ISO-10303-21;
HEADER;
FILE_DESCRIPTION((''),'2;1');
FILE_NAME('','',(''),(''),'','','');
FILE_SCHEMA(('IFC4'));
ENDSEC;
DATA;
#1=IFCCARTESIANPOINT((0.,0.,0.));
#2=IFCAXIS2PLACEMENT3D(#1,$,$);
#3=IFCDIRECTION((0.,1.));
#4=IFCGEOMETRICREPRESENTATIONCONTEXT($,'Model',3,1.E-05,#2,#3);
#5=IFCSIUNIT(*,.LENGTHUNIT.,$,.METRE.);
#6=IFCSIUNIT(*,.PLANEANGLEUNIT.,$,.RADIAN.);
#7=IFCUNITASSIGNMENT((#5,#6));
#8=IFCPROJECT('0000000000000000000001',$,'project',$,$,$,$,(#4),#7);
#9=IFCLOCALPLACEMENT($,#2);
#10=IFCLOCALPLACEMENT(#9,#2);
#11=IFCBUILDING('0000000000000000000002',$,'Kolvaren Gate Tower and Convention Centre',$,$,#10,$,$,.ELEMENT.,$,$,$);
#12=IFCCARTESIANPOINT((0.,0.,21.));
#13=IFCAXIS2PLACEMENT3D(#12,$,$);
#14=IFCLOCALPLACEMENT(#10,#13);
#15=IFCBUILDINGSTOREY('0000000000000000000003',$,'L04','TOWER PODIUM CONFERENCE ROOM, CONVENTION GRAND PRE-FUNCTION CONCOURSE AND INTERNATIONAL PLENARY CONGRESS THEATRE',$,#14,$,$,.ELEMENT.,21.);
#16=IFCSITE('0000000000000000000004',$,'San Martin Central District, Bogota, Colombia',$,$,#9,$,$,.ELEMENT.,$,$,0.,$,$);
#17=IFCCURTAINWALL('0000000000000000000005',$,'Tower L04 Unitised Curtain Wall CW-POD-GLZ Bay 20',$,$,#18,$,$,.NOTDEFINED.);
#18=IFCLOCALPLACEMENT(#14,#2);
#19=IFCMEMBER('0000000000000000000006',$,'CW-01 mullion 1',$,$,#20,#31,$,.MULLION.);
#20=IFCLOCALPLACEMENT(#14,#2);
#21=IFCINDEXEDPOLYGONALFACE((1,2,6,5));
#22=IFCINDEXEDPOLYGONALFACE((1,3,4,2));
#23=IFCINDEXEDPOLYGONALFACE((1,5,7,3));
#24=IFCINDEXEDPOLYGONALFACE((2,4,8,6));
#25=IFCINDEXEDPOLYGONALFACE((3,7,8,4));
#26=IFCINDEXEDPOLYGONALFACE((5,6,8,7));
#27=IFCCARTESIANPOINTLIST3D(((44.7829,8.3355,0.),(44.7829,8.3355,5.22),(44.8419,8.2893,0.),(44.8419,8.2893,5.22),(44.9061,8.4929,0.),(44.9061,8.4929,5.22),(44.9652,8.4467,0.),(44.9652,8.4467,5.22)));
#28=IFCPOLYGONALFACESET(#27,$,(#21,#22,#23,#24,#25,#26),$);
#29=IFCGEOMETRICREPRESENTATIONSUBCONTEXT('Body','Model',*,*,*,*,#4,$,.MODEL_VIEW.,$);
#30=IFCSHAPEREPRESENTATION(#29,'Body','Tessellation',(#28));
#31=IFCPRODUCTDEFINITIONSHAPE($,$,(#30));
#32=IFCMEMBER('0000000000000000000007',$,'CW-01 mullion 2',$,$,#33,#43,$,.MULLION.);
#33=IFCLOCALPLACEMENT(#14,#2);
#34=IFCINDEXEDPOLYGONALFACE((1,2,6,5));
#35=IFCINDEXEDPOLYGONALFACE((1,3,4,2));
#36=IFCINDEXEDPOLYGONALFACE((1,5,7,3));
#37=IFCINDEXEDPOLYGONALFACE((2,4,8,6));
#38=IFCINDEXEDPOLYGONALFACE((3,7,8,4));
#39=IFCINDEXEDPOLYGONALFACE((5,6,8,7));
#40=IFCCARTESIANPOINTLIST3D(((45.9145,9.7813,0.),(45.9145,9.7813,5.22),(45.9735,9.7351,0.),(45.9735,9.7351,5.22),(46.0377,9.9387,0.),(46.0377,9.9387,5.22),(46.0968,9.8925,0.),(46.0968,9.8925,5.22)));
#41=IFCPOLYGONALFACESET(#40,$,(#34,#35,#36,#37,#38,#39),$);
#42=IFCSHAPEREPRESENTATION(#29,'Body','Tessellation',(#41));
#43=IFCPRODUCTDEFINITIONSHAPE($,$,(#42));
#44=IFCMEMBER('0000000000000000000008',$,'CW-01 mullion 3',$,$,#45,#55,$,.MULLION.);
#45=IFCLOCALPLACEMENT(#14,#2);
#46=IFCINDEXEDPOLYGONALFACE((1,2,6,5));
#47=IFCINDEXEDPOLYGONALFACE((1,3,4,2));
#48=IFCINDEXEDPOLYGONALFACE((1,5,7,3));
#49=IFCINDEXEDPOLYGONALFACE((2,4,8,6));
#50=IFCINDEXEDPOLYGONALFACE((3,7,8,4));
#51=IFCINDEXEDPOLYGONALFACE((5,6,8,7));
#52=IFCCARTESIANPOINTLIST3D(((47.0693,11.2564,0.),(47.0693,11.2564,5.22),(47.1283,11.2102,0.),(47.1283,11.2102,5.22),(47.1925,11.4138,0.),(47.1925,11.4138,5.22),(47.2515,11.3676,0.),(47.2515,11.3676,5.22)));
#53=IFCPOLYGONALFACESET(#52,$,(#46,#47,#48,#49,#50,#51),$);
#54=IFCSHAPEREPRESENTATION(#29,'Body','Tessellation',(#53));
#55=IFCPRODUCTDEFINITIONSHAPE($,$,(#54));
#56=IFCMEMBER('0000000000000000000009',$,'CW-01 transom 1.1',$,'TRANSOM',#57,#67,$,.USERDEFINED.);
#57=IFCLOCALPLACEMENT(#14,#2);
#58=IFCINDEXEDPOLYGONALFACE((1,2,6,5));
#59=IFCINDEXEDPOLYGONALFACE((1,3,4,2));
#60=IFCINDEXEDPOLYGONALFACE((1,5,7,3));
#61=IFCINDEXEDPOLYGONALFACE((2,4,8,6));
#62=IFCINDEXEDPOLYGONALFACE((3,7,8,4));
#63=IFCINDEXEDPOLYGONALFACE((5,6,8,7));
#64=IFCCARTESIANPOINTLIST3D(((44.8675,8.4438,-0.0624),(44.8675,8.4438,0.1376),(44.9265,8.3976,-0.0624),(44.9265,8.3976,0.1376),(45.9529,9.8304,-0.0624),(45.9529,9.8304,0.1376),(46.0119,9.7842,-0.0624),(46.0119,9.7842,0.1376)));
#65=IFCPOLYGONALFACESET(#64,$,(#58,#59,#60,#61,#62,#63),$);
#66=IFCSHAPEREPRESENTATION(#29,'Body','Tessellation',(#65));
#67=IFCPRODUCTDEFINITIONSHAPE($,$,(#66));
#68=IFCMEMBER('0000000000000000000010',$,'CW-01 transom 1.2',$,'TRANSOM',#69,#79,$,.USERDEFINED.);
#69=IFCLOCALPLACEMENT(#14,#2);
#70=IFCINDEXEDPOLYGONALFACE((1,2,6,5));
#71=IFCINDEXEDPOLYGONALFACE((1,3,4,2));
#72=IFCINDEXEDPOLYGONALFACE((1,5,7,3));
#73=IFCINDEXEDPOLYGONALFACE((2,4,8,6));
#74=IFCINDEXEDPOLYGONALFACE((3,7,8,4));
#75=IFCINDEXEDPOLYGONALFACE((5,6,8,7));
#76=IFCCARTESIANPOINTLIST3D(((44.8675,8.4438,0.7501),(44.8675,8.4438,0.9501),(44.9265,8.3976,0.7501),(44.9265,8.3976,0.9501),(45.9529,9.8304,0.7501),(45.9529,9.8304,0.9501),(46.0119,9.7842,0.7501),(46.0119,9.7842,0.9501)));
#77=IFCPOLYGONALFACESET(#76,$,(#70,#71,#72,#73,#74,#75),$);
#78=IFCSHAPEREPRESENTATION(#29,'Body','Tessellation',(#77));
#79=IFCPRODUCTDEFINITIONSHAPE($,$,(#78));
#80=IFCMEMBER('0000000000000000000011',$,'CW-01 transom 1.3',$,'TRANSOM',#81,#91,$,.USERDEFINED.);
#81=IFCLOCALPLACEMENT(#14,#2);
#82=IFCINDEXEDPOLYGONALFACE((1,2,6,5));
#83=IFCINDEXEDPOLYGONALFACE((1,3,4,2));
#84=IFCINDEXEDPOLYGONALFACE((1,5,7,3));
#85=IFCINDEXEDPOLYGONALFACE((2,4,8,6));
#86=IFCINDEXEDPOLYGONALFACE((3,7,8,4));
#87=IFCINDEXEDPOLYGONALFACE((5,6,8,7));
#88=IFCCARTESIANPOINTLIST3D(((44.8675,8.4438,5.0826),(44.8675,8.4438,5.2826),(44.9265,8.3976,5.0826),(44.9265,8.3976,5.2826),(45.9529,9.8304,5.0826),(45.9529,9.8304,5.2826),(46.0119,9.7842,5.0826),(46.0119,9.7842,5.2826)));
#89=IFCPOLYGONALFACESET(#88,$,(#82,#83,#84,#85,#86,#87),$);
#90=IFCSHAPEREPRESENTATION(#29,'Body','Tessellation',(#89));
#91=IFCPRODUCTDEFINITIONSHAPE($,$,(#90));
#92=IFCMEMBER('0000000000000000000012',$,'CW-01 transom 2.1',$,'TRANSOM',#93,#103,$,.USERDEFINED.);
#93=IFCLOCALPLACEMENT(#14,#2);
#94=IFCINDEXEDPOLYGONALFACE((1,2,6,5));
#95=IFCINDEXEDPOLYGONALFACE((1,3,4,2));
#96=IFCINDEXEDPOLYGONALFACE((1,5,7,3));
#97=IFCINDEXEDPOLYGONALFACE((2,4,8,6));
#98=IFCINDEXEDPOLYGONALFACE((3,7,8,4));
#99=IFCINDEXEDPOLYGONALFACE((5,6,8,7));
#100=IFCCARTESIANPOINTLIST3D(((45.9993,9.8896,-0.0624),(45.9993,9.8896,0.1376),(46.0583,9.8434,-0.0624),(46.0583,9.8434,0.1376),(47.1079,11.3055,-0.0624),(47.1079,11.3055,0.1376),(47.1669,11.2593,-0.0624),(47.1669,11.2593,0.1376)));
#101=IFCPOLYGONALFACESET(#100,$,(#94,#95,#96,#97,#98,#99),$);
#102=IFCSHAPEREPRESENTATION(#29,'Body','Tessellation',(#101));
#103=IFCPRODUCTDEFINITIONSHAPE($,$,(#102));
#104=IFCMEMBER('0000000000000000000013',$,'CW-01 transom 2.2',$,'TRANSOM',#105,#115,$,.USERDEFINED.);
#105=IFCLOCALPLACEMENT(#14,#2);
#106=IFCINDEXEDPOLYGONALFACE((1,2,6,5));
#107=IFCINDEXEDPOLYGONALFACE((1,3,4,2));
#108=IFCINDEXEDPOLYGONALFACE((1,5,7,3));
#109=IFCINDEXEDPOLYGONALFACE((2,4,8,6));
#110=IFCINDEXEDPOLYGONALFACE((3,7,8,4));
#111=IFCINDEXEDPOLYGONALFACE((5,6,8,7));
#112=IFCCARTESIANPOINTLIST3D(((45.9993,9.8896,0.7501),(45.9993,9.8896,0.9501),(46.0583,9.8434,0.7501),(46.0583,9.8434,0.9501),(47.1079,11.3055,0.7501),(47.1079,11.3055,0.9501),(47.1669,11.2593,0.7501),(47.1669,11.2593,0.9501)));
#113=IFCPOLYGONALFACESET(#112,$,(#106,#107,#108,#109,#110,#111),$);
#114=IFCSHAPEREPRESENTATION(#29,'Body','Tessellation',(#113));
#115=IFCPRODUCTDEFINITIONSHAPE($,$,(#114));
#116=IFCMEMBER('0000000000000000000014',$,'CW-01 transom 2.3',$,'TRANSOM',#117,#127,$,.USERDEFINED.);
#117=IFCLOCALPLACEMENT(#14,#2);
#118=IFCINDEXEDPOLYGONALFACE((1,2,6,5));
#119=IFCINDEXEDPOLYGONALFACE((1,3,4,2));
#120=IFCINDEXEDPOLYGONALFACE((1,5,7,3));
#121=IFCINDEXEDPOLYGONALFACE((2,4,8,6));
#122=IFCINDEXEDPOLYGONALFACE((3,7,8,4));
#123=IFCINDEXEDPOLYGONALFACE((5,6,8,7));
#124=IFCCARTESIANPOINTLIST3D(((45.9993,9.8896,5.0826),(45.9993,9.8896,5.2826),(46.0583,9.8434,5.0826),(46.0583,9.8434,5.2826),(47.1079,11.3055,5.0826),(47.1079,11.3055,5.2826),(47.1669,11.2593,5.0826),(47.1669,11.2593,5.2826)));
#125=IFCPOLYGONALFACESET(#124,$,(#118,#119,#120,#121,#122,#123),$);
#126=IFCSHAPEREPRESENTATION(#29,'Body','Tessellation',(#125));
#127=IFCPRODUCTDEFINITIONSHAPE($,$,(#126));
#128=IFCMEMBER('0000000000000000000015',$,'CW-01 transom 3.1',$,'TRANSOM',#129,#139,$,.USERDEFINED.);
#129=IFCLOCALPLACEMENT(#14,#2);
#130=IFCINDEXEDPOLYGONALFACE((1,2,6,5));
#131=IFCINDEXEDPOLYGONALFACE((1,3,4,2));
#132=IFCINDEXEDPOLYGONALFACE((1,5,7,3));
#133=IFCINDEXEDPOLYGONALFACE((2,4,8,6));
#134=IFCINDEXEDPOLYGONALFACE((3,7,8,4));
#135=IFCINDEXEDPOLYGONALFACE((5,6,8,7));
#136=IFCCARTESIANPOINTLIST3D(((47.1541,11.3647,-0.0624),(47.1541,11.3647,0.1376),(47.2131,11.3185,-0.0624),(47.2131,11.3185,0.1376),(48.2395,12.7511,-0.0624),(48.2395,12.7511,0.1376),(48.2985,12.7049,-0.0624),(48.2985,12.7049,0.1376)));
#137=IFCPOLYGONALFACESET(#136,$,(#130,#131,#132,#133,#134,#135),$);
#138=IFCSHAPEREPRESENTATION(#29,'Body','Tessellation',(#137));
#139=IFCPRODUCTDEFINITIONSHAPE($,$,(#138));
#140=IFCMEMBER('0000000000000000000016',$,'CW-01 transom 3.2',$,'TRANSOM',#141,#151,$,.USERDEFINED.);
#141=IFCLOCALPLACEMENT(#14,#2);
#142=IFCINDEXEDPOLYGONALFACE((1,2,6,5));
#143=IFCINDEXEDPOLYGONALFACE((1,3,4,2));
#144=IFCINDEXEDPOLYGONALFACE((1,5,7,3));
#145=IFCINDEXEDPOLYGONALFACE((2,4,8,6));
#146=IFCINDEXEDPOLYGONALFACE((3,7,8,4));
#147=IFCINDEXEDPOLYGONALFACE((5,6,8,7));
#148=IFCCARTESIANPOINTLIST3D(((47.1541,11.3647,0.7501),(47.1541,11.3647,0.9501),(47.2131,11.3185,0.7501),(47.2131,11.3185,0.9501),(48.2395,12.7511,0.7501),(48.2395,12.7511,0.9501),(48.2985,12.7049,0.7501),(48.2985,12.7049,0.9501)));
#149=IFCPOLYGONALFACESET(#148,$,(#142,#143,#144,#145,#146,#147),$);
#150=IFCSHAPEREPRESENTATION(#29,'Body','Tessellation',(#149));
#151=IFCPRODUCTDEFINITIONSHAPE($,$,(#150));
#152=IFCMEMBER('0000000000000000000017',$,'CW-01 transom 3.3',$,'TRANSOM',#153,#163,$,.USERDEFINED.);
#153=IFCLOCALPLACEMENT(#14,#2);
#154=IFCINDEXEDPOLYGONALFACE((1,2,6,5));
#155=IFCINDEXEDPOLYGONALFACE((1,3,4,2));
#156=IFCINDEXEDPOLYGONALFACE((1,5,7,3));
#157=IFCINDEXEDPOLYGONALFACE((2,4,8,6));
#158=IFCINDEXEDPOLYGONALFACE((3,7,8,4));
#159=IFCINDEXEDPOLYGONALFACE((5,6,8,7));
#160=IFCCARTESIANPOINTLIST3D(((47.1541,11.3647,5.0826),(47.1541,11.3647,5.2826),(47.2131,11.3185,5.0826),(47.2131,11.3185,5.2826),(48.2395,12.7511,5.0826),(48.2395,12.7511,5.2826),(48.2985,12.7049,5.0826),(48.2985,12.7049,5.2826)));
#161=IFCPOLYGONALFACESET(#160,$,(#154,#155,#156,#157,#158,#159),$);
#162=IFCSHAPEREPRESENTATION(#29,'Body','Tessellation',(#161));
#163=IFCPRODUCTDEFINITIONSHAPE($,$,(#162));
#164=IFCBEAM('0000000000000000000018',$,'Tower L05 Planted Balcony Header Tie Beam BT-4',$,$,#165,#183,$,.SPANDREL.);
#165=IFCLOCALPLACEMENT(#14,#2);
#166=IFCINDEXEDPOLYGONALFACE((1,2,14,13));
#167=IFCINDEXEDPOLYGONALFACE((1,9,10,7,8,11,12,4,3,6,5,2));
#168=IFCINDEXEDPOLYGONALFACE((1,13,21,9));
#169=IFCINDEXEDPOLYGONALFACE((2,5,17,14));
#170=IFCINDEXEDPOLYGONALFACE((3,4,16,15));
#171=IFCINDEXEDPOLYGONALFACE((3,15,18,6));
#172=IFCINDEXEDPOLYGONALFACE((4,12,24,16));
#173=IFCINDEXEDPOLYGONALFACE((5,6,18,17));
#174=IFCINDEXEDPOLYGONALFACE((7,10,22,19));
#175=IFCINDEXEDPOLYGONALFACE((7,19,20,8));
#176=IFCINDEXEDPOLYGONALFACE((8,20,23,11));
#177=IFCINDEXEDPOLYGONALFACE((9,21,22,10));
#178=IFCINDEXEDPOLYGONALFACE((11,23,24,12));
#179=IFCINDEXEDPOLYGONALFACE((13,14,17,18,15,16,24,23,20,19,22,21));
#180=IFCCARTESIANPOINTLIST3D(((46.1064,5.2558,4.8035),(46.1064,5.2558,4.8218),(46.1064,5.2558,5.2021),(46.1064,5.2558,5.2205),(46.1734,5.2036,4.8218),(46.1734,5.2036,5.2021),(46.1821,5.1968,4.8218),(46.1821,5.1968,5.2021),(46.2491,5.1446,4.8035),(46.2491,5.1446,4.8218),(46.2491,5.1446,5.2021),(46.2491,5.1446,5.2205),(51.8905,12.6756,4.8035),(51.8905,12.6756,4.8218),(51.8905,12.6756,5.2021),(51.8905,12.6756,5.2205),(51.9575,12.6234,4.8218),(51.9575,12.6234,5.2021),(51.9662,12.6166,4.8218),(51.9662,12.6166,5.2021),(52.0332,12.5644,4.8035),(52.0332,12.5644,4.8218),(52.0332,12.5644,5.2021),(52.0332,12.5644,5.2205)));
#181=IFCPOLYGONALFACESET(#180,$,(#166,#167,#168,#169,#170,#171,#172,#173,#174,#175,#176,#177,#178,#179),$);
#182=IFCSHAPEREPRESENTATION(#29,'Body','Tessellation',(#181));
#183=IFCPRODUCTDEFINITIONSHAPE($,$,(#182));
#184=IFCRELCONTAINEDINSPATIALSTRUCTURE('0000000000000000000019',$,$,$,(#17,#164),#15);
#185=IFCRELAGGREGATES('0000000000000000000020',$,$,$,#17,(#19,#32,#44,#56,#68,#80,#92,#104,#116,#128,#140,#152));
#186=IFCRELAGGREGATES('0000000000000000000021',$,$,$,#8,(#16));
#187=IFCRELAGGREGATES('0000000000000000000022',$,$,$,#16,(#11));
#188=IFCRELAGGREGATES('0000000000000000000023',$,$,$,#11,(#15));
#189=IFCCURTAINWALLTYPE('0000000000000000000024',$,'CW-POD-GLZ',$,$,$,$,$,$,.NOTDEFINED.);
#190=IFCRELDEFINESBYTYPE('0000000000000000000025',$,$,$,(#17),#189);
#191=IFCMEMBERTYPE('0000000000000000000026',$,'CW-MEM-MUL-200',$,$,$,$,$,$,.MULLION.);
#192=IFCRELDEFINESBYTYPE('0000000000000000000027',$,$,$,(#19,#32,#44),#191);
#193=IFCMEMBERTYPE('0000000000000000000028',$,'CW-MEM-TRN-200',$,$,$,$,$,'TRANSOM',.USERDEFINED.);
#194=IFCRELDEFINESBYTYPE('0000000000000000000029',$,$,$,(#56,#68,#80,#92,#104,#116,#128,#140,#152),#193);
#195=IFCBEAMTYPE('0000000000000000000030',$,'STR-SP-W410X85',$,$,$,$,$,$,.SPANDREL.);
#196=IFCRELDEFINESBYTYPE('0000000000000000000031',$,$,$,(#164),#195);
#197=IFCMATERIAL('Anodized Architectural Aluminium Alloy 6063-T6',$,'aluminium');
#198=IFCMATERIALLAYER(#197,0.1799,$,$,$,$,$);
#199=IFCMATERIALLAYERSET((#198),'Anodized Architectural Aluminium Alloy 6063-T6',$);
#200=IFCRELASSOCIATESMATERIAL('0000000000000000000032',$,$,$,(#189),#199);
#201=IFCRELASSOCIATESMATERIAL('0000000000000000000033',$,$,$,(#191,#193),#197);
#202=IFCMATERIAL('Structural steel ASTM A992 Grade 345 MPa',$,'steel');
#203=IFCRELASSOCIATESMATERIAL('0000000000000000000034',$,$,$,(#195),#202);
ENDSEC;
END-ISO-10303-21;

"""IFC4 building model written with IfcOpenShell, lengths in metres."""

from ifc_helpers import new_model, si_unit, direction, frame, origin, origin_2d, place, context, subcontext, project, spatial, rectangle, i_section, extrude, material, layer, layer_set, material_profile, profile_set, type_object, element, aggregate, save


model = new_model("IFC4")

# Units and contexts
model_context = context("Model", 3, precision=1e-05, world=origin(), true_north=direction((0.0, 1.0)))
body_context = subcontext(model_context, "Body", "Model", "MODEL_VIEW")
ifc_project = project(units=[si_unit("LENGTHUNIT", "METRE"), si_unit("PLANEANGLEUNIT", "RADIAN")], contexts=[model_context])

# Site, building, storey
site_placement = place(None, origin())
site = spatial("IfcSite", under=ifc_project, at=site_placement, Name="San Martin Central District, Bogota, Colombia", CompositionType="ELEMENT", RefElevation=0.0)
building_placement = place(site_placement, origin())
building = spatial("IfcBuilding", under=site, at=building_placement, Name="Kolvaren Gate Tower and Convention Centre", CompositionType="ELEMENT")
storey_placement = place(building_placement, frame((0.0, 0.0, 21.0)))
storey = spatial("IfcBuildingStorey", under=building, at=storey_placement, Name="L04", Description="TOWER PODIUM CONFERENCE ROOM, CONVENTION GRAND PRE-FUNCTION CONCOURSE AND INTERNATIONAL PLENARY CONGRESS THEATRE", CompositionType="ELEMENT", Elevation=21.0)

# Curtain wall, members
ifc_material_1 = material(Name="Anodized Architectural Aluminium Alloy 6063-T6", Category="aluminium")
ifc_layer_1 = layer(ifc_material_1, 0.1799)
ifc_layer_set_1 = layer_set([ifc_layer_1], Name="Anodized Architectural Aluminium Alloy 6063-T6")
curtain_wall_type = type_object("IfcCurtainWallType", Name="CW-POD-GLZ", PredefinedType="NOTDEFINED", material=ifc_layer_set_1)
curtain_wall_placement = place(storey_placement, origin())
curtain_wall = element("IfcCurtainWall", 1, at=curtain_wall_placement, inside=storey, type_object=curtain_wall_type, Name="Tower L04 Unitised Curtain Wall CW-POD-GLZ Bay 20", PredefinedType="NOTDEFINED")
ifc_material_profile_1 = material_profile(ifc_material_1, rectangle(XDim=0.075, YDim=0.2, at=origin_2d()), Name="CW-MEM-MUL-200")
ifc_profile_set_1 = profile_set([ifc_material_profile_1], Name="Anodized Architectural Aluminium Alloy 6063-T6")
member_type_1 = type_object("IfcMemberType", Name="CW-MEM-MUL-200", PredefinedType="MULLION", material=ifc_profile_set_1)
member_1_placement = place(storey_placement, frame((44.874, 8.3911, 0.0), z_axis=(0.0, 0.0, 1.0), x_axis=(-0.787413, 0.616426, 0.0)))
member_1 = element("IfcMember", 2, at=member_1_placement, type_object=member_type_1, Name="CW-01 mullion 1", PredefinedType="MULLION", context=body_context, shape_type="SweptSolid", body=[
    extrude(rectangle(XDim=0.075, YDim=0.2, at=origin_2d()), origin(), (0.0, 0.0, 1.0), 5.22),
])
member_2_placement = place(storey_placement, frame((46.0056, 9.8369, 0.0), z_axis=(0.0, 0.0, 1.0), x_axis=(-0.787413, 0.616426, 0.0)))
member_2 = element("IfcMember", 3, at=member_2_placement, type_object=member_type_1, Name="CW-01 mullion 2", PredefinedType="MULLION", context=body_context, shape_type="SweptSolid", body=[
    extrude(rectangle(XDim=0.075, YDim=0.2, at=origin_2d()), origin(), (0.0, 0.0, 1.0), 5.22),
])
member_3_placement = place(storey_placement, frame((47.1604, 11.312, 0.0), z_axis=(0.0, 0.0, 1.0), x_axis=(-0.787413, 0.616426, 0.0)))
member_3 = element("IfcMember", 4, at=member_3_placement, type_object=member_type_1, Name="CW-01 mullion 3", PredefinedType="MULLION", context=body_context, shape_type="SweptSolid", body=[
    extrude(rectangle(XDim=0.075, YDim=0.2, at=origin_2d()), origin(), (0.0, 0.0, 1.0), 5.22),
])
ifc_material_profile_2 = material_profile(ifc_material_1, rectangle(XDim=0.075, YDim=0.2, at=origin_2d()), Name="CW-MEM-TRN-200")
ifc_profile_set_2 = profile_set([ifc_material_profile_2], Name="Anodized Architectural Aluminium Alloy 6063-T6")
member_type_2 = type_object("IfcMemberType", Name="CW-MEM-TRN-200", ElementType="TRANSOM", PredefinedType="USERDEFINED", material=ifc_profile_set_2)
member_4_placement = place(storey_placement, frame((44.897, 8.4207, 0.0376), z_axis=(0.616376, 0.787452, 0.0), x_axis=(-0.787452, 0.616376, 0.0)))
member_4 = element("IfcMember", 5, at=member_4_placement, type_object=member_type_2, Name="CW-01 transom 1.1", ObjectType="TRANSOM", PredefinedType="USERDEFINED", context=body_context, shape_type="SweptSolid", body=[
    extrude(rectangle(XDim=0.075, YDim=0.2, at=origin_2d()), origin(), (0.0, 0.0, 1.0), 1.761),
])
member_5_placement = place(storey_placement, frame((44.897, 8.4207, 0.8501), z_axis=(0.616376, 0.787452, 0.0), x_axis=(-0.787452, 0.616376, 0.0)))
member_5 = element("IfcMember", 6, at=member_5_placement, type_object=member_type_2, Name="CW-01 transom 1.2", ObjectType="TRANSOM", PredefinedType="USERDEFINED", context=body_context, shape_type="SweptSolid", body=[
    extrude(rectangle(XDim=0.075, YDim=0.2, at=origin_2d()), origin(), (0.0, 0.0, 1.0), 1.761),
])
member_6_placement = place(storey_placement, frame((44.897, 8.4207, 5.1826), z_axis=(0.616376, 0.787452, 0.0), x_axis=(-0.787452, 0.616376, 0.0)))
member_6 = element("IfcMember", 7, at=member_6_placement, type_object=member_type_2, Name="CW-01 transom 1.3", ObjectType="TRANSOM", PredefinedType="USERDEFINED", context=body_context, shape_type="SweptSolid", body=[
    extrude(rectangle(XDim=0.075, YDim=0.2, at=origin_2d()), origin(), (0.0, 0.0, 1.0), 1.761),
])
member_7_placement = place(storey_placement, frame((46.0288, 9.8665, 0.0376), z_axis=(0.616466, 0.787382, 0.0), x_axis=(-0.787382, 0.616466, 0.0)))
member_7 = element("IfcMember", 8, at=member_7_placement, type_object=member_type_2, Name="CW-01 transom 2.1", ObjectType="TRANSOM", PredefinedType="USERDEFINED", context=body_context, shape_type="SweptSolid", body=[
    extrude(rectangle(XDim=0.075, YDim=0.2, at=origin_2d()), origin(), (0.0, 0.0, 1.0), 1.7983),
])
member_8_placement = place(storey_placement, frame((46.0288, 9.8665, 0.8501), z_axis=(0.616466, 0.787382, 0.0), x_axis=(-0.787382, 0.616466, 0.0)))
member_8 = element("IfcMember", 9, at=member_8_placement, type_object=member_type_2, Name="CW-01 transom 2.2", ObjectType="TRANSOM", PredefinedType="USERDEFINED", context=body_context, shape_type="SweptSolid", body=[
    extrude(rectangle(XDim=0.075, YDim=0.2, at=origin_2d()), origin(), (0.0, 0.0, 1.0), 1.7983),
])
member_9_placement = place(storey_placement, frame((46.0288, 9.8665, 5.1826), z_axis=(0.616466, 0.787382, 0.0), x_axis=(-0.787382, 0.616466, 0.0)))
member_9 = element("IfcMember", 10, at=member_9_placement, type_object=member_type_2, Name="CW-01 transom 2.3", ObjectType="TRANSOM", PredefinedType="USERDEFINED", context=body_context, shape_type="SweptSolid", body=[
    extrude(rectangle(XDim=0.075, YDim=0.2, at=origin_2d()), origin(), (0.0, 0.0, 1.0), 1.7983),
])
member_10_placement = place(storey_placement, frame((47.1836, 11.3416, 0.0376), z_axis=(0.616443, 0.7874, 0.0), x_axis=(-0.7874, 0.616443, 0.0)))
member_10 = element("IfcMember", 11, at=member_10_placement, type_object=member_type_2, Name="CW-01 transom 3.1", ObjectType="TRANSOM", PredefinedType="USERDEFINED", context=body_context, shape_type="SweptSolid", body=[
    extrude(rectangle(XDim=0.075, YDim=0.2, at=origin_2d()), origin(), (0.0, 0.0, 1.0), 1.7607),
])
member_11_placement = place(storey_placement, frame((47.1836, 11.3416, 0.8501), z_axis=(0.616443, 0.7874, 0.0), x_axis=(-0.7874, 0.616443, 0.0)))
member_11 = element("IfcMember", 12, at=member_11_placement, type_object=member_type_2, Name="CW-01 transom 3.2", ObjectType="TRANSOM", PredefinedType="USERDEFINED", context=body_context, shape_type="SweptSolid", body=[
    extrude(rectangle(XDim=0.075, YDim=0.2, at=origin_2d()), origin(), (0.0, 0.0, 1.0), 1.7607),
])
member_12_placement = place(storey_placement, frame((47.1836, 11.3416, 5.1826), z_axis=(0.616443, 0.7874, 0.0), x_axis=(-0.7874, 0.616443, 0.0)))
member_12 = element("IfcMember", 13, at=member_12_placement, type_object=member_type_2, Name="CW-01 transom 3.3", ObjectType="TRANSOM", PredefinedType="USERDEFINED", context=body_context, shape_type="SweptSolid", body=[
    extrude(rectangle(XDim=0.075, YDim=0.2, at=origin_2d()), origin(), (0.0, 0.0, 1.0), 1.7607),
])

# Beam
ifc_material_2 = material(Name="Structural steel ASTM A992 Grade 345 MPa", Category="steel")
ifc_material_profile_3 = material_profile(ifc_material_2, i_section(OverallWidth=0.1809, OverallDepth=0.417, WebThickness=0.011, FlangeThickness=0.0183, at=origin_2d()), Name="W410X85")
ifc_profile_set_3 = profile_set([ifc_material_profile_3], Name="Structural steel ASTM A992 Grade 345 MPa")
beam_type = type_object("IfcBeamType", Name="STR-SP-W410X85", PredefinedType="SPANDREL", material=ifc_profile_set_3)
beam_placement = place(storey_placement, frame((46.1777, 5.2002, 5.012), z_axis=(0.61481, 0.788675, 0.0), x_axis=(-0.788675, 0.61481, 0.0)))
element("IfcBeam", 14, at=beam_placement, inside=storey, type_object=beam_type, Name="Tower L05 Planted Balcony Header Tie Beam BT-4", PredefinedType="SPANDREL", context=body_context, shape_type="SweptSolid", body=[
    extrude(i_section(OverallWidth=0.1809, OverallDepth=0.417, WebThickness=0.011, FlangeThickness=0.0183, at=origin_2d()), origin(), (0.0, 0.0, 1.0), 9.408),
])

aggregate(curtain_wall, [member_1, member_2, member_3, member_4, member_5, member_6, member_7, member_8, member_9, member_10, member_11, member_12])

save(model, "model.ifc")
